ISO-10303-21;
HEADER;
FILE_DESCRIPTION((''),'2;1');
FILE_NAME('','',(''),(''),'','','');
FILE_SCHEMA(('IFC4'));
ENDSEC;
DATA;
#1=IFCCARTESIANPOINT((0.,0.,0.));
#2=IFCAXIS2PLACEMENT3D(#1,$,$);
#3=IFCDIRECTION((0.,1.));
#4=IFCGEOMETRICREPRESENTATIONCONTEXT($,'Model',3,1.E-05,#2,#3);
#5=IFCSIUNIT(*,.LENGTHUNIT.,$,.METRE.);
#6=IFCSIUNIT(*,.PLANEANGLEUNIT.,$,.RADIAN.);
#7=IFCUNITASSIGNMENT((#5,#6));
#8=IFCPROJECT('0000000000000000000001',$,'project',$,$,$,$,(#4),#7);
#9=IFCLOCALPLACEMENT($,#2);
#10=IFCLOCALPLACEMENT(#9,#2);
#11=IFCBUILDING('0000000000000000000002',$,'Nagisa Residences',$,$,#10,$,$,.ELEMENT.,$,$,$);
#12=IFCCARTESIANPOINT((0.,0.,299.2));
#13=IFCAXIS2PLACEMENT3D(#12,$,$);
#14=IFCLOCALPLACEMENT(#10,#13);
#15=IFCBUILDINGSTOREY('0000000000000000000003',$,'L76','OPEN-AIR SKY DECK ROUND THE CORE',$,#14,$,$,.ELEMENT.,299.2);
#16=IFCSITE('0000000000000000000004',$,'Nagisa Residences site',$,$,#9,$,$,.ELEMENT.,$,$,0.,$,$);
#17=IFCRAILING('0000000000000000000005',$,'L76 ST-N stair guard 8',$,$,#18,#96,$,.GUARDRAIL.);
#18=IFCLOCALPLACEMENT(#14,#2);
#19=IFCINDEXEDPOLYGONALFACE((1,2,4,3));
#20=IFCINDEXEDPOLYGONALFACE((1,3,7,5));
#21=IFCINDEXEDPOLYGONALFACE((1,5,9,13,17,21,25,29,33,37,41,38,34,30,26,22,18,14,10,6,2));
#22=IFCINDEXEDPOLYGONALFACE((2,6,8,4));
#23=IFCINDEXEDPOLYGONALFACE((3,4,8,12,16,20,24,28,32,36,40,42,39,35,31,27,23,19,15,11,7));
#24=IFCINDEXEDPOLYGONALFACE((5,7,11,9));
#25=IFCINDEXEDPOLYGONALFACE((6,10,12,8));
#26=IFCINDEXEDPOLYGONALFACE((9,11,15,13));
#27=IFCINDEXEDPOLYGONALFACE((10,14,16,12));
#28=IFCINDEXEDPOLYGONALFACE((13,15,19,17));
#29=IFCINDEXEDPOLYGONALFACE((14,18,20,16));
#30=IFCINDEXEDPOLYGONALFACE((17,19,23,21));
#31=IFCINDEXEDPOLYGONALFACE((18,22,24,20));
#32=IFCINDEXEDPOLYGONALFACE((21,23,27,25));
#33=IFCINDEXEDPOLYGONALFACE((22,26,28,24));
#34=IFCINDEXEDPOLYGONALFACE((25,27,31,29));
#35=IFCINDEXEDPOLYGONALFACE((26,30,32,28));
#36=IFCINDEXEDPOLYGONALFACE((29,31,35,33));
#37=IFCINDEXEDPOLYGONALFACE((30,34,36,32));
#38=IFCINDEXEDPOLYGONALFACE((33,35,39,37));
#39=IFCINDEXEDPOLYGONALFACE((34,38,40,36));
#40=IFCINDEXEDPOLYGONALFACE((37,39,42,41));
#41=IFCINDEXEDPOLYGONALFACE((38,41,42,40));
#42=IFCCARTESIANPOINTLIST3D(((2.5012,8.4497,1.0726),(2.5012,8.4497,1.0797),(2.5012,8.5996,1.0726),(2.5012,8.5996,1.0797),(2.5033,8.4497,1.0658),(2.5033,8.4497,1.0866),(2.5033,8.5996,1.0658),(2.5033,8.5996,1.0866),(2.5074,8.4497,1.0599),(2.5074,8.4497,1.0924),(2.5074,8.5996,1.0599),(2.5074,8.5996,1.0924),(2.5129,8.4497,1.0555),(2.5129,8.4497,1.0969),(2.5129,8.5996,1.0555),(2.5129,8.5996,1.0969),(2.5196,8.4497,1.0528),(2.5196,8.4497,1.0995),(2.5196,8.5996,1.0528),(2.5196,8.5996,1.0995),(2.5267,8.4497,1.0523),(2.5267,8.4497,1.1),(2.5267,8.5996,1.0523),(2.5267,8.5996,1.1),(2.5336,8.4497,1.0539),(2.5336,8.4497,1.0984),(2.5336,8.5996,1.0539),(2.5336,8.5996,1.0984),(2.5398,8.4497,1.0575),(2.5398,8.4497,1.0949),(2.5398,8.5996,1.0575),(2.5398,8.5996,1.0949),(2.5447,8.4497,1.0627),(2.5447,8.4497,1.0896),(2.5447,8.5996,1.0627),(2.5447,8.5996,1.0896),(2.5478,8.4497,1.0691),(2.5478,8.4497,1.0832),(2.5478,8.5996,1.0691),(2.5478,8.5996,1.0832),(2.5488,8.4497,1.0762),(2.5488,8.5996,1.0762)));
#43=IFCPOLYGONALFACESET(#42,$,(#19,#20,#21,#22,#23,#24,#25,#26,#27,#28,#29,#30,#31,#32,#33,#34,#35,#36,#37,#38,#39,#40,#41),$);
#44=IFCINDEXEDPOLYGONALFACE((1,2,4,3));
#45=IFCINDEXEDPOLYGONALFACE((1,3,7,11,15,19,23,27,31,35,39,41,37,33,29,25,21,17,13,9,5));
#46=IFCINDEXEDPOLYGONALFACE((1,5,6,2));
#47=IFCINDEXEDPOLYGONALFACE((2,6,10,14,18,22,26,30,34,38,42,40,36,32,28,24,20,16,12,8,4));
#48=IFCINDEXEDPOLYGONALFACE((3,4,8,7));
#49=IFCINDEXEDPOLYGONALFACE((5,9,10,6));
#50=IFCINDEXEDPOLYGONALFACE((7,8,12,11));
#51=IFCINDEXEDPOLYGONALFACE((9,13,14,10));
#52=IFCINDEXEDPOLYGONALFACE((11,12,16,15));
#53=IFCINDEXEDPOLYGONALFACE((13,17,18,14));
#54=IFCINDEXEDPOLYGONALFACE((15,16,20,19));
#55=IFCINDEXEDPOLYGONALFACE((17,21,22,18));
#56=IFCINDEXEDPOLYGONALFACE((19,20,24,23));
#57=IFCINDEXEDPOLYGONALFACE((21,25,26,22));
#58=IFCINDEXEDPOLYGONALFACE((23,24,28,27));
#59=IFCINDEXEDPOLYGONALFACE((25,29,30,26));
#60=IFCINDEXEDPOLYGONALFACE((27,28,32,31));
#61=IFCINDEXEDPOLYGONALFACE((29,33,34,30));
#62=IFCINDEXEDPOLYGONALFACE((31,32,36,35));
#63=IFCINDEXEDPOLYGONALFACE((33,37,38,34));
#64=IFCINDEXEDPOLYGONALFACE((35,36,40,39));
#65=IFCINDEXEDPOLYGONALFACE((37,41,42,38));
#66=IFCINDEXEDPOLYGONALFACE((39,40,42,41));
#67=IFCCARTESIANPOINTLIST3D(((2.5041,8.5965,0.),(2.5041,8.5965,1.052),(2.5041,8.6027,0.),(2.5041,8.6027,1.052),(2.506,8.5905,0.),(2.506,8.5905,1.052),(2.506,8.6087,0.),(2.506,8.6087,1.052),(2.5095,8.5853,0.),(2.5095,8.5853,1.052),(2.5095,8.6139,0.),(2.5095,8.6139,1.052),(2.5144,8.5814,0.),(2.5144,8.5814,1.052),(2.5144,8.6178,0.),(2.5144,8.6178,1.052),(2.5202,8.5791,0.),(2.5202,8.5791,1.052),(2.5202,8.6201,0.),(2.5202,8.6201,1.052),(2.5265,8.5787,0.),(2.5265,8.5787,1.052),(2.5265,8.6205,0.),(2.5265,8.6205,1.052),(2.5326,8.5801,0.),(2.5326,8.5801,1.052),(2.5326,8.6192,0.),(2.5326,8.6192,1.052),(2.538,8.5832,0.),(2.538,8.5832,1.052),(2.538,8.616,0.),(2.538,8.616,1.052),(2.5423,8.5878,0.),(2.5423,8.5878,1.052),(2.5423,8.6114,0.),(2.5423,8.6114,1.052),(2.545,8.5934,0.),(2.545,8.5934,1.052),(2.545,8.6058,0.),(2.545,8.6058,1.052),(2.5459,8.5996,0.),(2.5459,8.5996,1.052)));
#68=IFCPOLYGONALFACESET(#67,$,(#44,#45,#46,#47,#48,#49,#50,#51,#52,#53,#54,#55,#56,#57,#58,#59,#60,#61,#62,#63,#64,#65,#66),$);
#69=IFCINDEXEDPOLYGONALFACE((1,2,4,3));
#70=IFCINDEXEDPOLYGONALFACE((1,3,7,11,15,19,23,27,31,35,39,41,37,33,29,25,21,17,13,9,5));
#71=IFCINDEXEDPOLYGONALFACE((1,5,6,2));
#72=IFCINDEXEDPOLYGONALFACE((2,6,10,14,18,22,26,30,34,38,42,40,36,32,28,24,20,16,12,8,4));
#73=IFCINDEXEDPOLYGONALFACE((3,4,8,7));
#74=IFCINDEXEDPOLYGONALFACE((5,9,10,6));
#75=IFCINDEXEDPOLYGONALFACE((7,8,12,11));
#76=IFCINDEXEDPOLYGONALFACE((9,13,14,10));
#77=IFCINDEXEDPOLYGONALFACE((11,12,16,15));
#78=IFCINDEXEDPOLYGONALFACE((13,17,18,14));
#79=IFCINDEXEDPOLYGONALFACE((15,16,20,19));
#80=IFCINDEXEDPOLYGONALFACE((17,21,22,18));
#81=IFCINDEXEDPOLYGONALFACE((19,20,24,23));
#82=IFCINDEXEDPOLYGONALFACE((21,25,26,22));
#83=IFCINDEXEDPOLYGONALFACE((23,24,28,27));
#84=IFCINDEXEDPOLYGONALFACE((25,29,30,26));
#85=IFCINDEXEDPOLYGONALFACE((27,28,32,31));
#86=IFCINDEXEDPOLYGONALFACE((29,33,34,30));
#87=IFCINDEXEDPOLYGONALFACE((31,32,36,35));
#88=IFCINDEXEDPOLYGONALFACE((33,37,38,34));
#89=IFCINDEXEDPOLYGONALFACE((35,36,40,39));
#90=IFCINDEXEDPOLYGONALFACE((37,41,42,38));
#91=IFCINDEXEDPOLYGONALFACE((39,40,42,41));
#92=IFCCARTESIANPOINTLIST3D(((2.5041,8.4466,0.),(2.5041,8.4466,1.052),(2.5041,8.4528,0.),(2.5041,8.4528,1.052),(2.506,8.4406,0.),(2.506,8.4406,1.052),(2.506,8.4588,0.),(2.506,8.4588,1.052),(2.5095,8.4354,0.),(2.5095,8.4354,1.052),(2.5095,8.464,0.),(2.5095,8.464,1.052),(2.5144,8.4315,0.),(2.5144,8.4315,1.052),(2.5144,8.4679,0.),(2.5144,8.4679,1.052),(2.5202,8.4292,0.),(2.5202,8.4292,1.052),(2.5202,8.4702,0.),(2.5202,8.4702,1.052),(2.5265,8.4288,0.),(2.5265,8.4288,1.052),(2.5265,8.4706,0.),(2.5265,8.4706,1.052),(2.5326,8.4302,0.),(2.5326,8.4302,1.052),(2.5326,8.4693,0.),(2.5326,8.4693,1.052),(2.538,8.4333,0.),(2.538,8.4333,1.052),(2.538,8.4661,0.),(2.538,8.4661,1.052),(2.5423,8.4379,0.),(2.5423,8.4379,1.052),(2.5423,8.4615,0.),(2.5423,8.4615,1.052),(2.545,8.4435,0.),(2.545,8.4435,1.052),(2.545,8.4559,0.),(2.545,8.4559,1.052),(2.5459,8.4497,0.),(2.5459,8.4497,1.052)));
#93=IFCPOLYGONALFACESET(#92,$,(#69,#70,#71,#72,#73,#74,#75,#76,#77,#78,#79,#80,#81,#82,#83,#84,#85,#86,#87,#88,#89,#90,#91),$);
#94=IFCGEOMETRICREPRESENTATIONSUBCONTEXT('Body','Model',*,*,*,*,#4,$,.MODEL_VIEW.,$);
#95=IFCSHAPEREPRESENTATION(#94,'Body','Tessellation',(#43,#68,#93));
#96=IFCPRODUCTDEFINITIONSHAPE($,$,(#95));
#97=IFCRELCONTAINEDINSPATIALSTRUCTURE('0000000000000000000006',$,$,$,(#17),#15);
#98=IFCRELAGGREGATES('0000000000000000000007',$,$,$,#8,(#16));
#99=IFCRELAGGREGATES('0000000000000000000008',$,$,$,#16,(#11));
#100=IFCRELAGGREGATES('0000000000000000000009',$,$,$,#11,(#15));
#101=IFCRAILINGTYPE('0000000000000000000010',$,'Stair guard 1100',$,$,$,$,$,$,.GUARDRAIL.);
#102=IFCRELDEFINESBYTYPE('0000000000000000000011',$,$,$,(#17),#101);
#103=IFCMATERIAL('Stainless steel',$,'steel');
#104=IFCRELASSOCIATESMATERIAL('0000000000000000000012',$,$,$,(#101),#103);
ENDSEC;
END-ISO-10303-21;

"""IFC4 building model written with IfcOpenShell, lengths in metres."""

from ifc_helpers import new_model, si_unit, direction, frame, origin, origin_2d, place, context, subcontext, project, spatial, circle, extrude, material, type_object, element, save


model = new_model("IFC4")

# Units and contexts
model_context = context("Model", 3, precision=1e-05, world=origin(), true_north=direction((0.0, 1.0)))
body_context = subcontext(model_context, "Body", "Model", "MODEL_VIEW")
ifc_project = project(units=[si_unit("LENGTHUNIT", "METRE"), si_unit("PLANEANGLEUNIT", "RADIAN")], contexts=[model_context])

# Site, building, storey
site_placement = place(None, origin())
site = spatial("IfcSite", under=ifc_project, at=site_placement, Name="Nagisa Residences site", CompositionType="ELEMENT", RefElevation=0.0)
building_placement = place(site_placement, origin())
building = spatial("IfcBuilding", under=site, at=building_placement, Name="Nagisa Residences", CompositionType="ELEMENT")
storey_placement = place(building_placement, frame((0.0, 0.0, 299.2)))
storey = spatial("IfcBuildingStorey", under=building, at=storey_placement, Name="L76", Description="OPEN-AIR SKY DECK ROUND THE CORE", CompositionType="ELEMENT", Elevation=299.2)

# Railing
ifc_material_1 = material(Name="Stainless steel", Category="steel")
railing_type_1 = type_object("IfcRailingType", Name="Stair guard 1100", PredefinedType="GUARDRAIL", material=ifc_material_1)
railing_1_placement = place(storey_placement, frame((2.5249, 8.5996, 0.0)))
element("IfcRailing", 1, at=railing_1_placement, inside=storey, type_object=railing_type_1, Name="L76 ST-N stair guard 8", PredefinedType="GUARDRAIL", context=body_context, shape_type="SweptSolid", body=[
    extrude(circle(Radius=0.0239, at=origin_2d()), frame((0.0, 0.0, 1.0762), z_axis=(0.0, -1.0, 0.0), x_axis=(1.0, 0.0, 0.0)), (0.0, 0.0, 1.0), 0.1499),
    extrude(circle(Radius=0.021, at=origin_2d()), origin(), (0.0, 0.0, 1.0), 1.052),
    extrude(circle(Radius=0.021, at=origin_2d()), frame((0.0, -0.1499, 0.0)), (0.0, 0.0, 1.0), 1.052),
])

save(model, "model.ifc")
